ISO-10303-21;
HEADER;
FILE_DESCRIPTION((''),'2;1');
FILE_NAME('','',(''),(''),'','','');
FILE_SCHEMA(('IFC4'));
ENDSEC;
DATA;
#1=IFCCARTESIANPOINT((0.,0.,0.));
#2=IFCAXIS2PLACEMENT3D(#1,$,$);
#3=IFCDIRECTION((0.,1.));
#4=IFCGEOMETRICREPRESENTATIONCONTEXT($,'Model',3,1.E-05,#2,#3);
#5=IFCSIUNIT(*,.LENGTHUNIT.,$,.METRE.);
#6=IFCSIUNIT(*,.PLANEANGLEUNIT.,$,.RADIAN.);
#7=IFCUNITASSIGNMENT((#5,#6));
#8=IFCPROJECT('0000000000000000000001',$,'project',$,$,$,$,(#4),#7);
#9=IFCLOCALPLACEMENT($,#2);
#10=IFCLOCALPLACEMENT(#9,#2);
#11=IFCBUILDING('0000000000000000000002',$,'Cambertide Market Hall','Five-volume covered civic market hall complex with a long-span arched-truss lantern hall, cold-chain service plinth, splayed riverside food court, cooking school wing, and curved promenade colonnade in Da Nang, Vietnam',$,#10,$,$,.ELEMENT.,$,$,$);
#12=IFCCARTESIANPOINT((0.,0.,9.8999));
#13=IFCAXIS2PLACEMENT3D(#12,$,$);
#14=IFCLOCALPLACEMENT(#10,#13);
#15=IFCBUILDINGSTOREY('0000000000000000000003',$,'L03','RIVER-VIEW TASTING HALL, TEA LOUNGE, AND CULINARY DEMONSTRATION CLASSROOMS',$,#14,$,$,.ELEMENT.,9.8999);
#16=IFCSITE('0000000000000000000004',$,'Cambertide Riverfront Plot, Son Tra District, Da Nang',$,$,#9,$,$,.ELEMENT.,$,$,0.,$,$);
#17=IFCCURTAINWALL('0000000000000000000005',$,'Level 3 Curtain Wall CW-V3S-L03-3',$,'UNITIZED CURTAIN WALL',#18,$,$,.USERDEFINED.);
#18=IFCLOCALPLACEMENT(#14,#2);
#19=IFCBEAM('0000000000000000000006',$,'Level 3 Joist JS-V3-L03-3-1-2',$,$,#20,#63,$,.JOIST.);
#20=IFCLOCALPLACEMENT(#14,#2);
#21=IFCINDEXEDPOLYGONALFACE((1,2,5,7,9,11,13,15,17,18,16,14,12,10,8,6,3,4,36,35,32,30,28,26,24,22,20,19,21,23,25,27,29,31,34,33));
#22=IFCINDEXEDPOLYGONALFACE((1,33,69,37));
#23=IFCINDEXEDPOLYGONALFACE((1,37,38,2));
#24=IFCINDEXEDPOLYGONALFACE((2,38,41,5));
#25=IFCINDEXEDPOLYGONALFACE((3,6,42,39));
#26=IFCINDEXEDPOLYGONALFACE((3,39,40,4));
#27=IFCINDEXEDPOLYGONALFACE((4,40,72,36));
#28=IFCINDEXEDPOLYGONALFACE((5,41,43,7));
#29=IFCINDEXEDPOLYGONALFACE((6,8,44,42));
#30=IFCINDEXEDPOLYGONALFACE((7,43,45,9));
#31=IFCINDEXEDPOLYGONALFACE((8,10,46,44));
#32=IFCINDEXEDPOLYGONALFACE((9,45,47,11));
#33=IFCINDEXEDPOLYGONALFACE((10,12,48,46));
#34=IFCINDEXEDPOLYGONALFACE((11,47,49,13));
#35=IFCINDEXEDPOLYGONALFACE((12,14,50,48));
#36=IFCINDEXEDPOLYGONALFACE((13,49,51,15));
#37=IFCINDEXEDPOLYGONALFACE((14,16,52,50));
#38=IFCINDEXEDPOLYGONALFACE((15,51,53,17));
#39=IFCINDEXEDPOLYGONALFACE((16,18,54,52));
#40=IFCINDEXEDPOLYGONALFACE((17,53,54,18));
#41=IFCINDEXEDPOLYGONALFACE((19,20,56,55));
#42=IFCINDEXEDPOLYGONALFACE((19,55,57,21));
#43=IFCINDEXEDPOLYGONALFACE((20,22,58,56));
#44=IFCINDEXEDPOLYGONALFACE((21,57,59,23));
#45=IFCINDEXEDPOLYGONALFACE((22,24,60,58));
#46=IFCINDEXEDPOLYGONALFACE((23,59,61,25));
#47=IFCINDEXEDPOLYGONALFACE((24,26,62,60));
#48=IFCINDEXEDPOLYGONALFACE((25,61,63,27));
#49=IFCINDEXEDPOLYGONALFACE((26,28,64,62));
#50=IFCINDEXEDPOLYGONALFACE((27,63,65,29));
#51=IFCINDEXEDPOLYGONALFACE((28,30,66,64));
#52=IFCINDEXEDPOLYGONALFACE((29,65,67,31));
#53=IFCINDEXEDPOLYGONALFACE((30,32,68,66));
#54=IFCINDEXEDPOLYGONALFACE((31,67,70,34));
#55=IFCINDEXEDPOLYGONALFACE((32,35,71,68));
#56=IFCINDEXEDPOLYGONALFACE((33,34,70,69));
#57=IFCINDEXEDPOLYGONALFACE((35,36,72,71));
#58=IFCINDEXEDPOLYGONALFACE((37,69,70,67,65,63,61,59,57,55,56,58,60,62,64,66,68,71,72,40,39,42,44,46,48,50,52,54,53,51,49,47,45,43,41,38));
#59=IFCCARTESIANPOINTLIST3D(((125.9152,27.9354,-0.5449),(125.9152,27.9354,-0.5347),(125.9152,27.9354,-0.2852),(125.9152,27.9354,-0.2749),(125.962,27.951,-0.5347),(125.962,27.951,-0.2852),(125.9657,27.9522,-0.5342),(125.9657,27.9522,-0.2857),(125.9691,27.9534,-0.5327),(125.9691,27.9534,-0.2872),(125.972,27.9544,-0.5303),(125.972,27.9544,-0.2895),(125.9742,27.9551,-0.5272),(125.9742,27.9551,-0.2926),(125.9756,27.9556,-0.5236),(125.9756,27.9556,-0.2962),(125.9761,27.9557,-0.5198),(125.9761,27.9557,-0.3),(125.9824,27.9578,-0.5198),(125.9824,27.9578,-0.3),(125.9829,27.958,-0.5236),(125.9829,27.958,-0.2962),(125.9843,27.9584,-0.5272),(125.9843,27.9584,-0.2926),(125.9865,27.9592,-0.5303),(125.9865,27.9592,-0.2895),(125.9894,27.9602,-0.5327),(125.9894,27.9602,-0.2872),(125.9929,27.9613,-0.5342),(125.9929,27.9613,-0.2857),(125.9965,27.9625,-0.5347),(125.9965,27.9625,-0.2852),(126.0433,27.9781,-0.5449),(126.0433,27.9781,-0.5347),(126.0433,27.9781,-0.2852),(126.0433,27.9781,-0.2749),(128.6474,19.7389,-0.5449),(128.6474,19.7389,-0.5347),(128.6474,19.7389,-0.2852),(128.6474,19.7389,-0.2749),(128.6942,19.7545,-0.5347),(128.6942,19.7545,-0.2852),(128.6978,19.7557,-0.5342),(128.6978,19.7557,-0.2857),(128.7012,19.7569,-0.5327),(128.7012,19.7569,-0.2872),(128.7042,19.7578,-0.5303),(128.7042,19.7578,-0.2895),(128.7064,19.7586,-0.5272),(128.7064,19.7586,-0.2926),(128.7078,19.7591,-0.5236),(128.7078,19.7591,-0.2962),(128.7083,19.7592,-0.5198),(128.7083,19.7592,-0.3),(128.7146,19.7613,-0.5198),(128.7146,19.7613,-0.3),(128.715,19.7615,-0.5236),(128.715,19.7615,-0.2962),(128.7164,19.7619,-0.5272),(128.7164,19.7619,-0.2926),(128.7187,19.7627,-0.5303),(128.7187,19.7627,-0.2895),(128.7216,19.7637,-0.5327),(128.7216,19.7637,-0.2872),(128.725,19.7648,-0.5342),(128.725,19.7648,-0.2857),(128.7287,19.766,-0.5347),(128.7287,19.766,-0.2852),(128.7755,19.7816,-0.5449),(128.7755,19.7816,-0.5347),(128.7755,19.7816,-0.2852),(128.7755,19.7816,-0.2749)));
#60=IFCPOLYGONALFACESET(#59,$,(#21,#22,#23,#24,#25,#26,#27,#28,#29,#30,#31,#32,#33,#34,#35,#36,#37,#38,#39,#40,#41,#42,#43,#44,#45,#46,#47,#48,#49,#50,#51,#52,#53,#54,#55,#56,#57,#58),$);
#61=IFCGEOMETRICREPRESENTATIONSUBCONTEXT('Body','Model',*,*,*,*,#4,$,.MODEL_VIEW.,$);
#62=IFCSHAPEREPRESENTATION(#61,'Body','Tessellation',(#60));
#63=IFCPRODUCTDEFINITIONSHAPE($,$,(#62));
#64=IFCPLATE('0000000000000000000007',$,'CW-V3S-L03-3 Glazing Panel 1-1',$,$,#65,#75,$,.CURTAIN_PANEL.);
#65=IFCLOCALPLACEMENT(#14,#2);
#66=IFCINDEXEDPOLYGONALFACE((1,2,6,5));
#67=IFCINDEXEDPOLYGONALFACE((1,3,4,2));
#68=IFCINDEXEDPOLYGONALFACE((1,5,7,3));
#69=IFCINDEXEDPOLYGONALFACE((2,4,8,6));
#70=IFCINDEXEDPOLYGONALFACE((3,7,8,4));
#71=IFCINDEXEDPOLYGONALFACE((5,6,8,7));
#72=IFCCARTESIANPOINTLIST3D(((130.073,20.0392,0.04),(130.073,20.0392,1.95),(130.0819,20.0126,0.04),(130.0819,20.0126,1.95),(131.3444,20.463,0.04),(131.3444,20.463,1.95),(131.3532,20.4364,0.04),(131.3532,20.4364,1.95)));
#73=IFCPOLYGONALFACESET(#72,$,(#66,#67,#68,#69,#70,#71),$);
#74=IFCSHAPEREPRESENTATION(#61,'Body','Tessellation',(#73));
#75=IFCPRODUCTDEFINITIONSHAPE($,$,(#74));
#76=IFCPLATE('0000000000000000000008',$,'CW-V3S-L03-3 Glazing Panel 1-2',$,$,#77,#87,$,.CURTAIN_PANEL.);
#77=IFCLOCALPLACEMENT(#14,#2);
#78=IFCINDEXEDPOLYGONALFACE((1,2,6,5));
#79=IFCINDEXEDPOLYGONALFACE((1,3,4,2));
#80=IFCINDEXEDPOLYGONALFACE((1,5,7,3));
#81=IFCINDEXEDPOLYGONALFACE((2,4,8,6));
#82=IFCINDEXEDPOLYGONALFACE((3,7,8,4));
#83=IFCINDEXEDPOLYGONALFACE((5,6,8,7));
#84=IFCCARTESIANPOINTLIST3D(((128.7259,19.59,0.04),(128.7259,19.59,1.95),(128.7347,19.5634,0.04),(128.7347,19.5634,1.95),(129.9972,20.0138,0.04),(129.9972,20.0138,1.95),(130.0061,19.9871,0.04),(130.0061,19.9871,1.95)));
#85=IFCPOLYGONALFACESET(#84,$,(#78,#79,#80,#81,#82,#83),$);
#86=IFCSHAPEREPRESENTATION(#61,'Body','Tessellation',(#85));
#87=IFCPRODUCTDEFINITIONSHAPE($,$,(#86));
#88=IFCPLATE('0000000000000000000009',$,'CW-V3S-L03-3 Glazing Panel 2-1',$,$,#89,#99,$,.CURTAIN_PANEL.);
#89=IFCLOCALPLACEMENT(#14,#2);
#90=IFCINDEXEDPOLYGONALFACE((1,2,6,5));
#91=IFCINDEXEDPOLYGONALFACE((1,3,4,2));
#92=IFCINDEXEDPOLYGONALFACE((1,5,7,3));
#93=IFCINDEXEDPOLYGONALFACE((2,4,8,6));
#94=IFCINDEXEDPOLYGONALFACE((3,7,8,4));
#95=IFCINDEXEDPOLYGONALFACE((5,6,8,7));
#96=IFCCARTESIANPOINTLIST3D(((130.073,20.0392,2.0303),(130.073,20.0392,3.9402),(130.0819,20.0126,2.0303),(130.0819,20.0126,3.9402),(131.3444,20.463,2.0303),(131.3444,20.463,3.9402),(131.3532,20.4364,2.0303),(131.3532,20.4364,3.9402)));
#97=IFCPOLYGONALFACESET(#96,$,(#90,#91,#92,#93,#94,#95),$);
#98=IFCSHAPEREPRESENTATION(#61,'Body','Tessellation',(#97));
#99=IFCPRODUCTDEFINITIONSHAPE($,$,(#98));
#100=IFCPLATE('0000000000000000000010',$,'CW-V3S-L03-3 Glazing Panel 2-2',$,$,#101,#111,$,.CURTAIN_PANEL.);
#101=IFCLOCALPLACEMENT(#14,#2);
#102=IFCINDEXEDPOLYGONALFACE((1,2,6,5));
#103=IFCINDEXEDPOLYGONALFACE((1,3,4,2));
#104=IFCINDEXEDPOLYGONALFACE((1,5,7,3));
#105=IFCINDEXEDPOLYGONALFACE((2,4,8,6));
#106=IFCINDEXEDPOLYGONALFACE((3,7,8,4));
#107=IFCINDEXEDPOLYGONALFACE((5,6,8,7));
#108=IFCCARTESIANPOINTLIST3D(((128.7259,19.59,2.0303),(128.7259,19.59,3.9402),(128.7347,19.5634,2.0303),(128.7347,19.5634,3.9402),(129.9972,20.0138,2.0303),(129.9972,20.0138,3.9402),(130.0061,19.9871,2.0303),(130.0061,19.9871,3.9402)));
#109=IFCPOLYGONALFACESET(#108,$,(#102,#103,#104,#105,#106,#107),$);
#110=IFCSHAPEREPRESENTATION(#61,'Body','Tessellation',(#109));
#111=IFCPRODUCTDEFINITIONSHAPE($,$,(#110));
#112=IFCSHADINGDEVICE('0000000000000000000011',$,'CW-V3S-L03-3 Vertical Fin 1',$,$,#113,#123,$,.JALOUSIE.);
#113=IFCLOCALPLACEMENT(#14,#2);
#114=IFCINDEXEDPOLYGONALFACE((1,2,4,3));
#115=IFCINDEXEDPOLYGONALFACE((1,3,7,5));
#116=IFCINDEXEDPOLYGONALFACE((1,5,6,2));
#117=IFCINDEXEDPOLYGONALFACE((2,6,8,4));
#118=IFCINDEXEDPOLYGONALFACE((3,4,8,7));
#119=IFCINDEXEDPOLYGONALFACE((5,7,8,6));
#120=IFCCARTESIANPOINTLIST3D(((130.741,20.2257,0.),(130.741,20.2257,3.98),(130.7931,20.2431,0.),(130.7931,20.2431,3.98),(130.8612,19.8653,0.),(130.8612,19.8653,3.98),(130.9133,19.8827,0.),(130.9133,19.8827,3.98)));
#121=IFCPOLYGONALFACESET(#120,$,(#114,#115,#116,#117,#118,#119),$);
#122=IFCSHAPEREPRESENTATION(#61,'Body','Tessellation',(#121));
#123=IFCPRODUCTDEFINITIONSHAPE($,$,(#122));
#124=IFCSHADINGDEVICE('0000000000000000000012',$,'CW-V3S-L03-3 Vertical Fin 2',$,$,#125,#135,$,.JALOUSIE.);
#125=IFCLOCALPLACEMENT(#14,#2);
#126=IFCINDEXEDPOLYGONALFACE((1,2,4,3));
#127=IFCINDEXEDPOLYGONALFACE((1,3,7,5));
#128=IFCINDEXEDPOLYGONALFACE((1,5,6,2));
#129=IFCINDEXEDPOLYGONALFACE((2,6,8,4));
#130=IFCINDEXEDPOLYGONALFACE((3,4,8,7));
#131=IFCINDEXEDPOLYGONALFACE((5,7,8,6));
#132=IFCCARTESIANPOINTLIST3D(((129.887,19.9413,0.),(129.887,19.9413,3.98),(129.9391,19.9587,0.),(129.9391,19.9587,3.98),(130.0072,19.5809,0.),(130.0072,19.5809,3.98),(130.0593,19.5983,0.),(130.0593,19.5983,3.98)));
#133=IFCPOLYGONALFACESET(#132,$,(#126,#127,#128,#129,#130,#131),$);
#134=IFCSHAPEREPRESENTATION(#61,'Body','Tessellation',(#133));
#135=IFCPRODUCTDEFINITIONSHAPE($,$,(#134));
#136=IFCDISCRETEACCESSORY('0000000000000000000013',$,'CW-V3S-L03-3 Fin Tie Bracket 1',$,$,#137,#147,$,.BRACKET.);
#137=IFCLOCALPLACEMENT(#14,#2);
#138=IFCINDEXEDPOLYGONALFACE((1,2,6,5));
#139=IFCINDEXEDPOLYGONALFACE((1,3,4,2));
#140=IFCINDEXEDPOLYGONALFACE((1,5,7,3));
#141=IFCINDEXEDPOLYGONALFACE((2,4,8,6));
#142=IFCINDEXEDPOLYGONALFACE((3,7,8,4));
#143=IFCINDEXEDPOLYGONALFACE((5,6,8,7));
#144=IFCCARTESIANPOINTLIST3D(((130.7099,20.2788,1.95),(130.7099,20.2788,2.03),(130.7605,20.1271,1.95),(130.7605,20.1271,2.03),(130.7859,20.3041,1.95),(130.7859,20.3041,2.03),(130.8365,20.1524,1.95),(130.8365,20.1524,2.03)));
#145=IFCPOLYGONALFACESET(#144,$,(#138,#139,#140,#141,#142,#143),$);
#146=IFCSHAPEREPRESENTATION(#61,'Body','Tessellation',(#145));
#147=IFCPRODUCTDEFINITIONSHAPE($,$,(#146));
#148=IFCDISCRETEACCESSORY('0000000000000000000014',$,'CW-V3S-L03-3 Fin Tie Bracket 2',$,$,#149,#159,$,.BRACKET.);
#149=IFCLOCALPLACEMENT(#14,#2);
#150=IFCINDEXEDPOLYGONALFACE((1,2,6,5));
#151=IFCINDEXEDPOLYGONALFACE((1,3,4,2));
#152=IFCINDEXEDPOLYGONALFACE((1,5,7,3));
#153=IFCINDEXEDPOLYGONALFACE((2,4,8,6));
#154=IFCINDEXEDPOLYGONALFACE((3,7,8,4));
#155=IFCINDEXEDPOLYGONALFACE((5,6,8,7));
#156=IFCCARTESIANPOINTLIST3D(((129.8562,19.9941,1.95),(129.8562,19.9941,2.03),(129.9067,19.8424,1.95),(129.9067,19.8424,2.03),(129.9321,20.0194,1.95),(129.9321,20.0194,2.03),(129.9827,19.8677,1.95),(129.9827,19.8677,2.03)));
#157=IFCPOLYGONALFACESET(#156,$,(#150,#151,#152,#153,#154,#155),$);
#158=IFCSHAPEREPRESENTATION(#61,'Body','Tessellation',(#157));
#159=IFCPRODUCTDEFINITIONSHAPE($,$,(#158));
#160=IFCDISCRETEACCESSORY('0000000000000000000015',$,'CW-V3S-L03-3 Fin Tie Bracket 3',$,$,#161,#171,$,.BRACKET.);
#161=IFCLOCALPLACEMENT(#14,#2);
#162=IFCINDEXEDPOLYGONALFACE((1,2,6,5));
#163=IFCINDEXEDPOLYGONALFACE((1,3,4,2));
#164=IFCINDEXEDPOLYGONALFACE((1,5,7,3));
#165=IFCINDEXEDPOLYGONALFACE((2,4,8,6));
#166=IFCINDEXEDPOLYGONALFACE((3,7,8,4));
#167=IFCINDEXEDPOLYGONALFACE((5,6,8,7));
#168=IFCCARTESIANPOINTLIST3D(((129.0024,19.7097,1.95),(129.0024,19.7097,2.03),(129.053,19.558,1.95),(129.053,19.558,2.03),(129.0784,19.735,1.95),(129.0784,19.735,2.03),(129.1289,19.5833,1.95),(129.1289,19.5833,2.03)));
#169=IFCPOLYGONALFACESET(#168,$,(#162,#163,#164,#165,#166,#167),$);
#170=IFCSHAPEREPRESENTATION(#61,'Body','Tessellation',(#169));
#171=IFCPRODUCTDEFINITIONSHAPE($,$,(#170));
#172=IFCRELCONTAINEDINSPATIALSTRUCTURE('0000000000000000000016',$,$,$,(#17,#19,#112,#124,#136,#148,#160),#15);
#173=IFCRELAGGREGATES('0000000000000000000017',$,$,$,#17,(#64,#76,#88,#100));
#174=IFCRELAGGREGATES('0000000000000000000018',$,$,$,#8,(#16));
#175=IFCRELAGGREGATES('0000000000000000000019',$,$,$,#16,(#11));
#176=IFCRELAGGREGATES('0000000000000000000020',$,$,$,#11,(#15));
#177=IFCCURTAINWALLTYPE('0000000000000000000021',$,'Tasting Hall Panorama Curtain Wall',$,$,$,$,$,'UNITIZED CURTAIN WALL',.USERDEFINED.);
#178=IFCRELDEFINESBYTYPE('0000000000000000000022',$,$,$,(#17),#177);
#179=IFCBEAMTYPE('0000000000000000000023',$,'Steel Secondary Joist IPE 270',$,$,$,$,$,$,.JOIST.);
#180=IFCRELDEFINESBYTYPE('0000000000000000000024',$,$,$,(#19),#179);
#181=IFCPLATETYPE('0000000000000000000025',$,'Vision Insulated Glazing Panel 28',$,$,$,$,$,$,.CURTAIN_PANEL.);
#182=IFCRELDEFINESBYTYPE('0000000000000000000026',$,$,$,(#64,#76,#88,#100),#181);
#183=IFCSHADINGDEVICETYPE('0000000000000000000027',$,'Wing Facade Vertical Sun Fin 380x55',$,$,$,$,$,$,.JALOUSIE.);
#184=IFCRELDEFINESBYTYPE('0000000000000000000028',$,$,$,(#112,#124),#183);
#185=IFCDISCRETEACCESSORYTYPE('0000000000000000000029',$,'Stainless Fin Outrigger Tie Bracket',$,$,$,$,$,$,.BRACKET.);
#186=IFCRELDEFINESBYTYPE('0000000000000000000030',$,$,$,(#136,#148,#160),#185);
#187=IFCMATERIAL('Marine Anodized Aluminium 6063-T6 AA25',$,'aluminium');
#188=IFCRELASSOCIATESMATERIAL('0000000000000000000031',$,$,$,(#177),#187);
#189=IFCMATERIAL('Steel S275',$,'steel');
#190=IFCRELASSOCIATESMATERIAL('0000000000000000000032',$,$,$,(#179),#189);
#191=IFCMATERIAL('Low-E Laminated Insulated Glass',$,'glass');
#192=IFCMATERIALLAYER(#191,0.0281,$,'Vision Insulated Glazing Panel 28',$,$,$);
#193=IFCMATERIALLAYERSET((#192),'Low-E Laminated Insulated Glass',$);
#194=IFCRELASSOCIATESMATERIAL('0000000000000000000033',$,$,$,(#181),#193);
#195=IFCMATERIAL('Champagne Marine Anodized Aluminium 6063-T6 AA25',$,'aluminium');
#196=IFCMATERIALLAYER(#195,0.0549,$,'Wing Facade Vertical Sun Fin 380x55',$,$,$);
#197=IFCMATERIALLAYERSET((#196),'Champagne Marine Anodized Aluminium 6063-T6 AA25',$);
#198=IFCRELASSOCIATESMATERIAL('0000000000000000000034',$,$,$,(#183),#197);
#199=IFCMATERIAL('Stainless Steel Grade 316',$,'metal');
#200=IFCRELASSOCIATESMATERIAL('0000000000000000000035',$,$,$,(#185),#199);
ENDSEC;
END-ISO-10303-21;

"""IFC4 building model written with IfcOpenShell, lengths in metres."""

from ifc_helpers import new_model, si_unit, direction, frame, origin, origin_2d, place, context, subcontext, project, spatial, rectangle, i_section, extrude, material, layer, layer_set, material_profile, profile_set, type_object, element, aggregate, save


model = new_model("IFC4")

# Units and contexts
model_context = context("Model", 3, precision=1e-05, world=origin(), true_north=direction((0.0, 1.0)))
body_context = subcontext(model_context, "Body", "Model", "MODEL_VIEW")
ifc_project = project(units=[si_unit("LENGTHUNIT", "METRE"), si_unit("PLANEANGLEUNIT", "RADIAN")], contexts=[model_context])

# Site, building, storey
site_placement = place(None, origin())
site = spatial("IfcSite", under=ifc_project, at=site_placement, Name="Cambertide Riverfront Plot, Son Tra District, Da Nang", CompositionType="ELEMENT", RefElevation=0.0)
building_placement = place(site_placement, origin())
building = spatial("IfcBuilding", under=site, at=building_placement, Name="Cambertide Market Hall", Description="Five-volume covered civic market hall complex with a long-span arched-truss lantern hall, cold-chain service plinth, splayed riverside food court, cooking school wing, and curved promenade colonnade in Da Nang, Vietnam", CompositionType="ELEMENT")
storey_placement = place(building_placement, frame((0.0, 0.0, 9.8999)))
storey = spatial("IfcBuildingStorey", under=building, at=storey_placement, Name="L03", Description="RIVER-VIEW TASTING HALL, TEA LOUNGE, AND CULINARY DEMONSTRATION CLASSROOMS", CompositionType="ELEMENT", Elevation=9.8999)

# Curtain wall
ifc_material_1 = material(Name="Marine Anodized Aluminium 6063-T6 AA25", Category="aluminium")
curtain_wall_type = type_object("IfcCurtainWallType", Name="Tasting Hall Panorama Curtain Wall", ElementType="UNITIZED CURTAIN WALL", PredefinedType="USERDEFINED", material=ifc_material_1)
curtain_wall_placement = place(storey_placement, origin())
curtain_wall = element("IfcCurtainWall", 1, at=curtain_wall_placement, inside=storey, type_object=curtain_wall_type, Name="Level 3 Curtain Wall CW-V3S-L03-3", ObjectType="UNITIZED CURTAIN WALL", PredefinedType="USERDEFINED")

# Beam
ifc_material_2 = material(Name="Steel S275", Category="steel")
ifc_material_profile_1 = material_profile(ifc_material_2, i_section(OverallWidth=0.135, OverallDepth=0.27, WebThickness=0.0066, FlangeThickness=0.0103, FilletRadius=0.0149, at=origin_2d()), Name="IPE 270")
ifc_profile_set_1 = profile_set([ifc_material_profile_1], Name="Steel S275")
beam_type = type_object("IfcBeamType", Name="Steel Secondary Joist IPE 270", PredefinedType="JOIST", material=ifc_profile_set_1)
beam_placement = place(storey_placement, frame((128.7114, 19.7603, -0.4099), z_axis=(-0.316228, 0.948683, 0.0), x_axis=(-0.948683, -0.316228, 0.0)))
element("IfcBeam", 2, at=beam_placement, inside=storey, type_object=beam_type, Name="Level 3 Joist JS-V3-L03-3-1-2", PredefinedType="JOIST", context=body_context, shape_type="SweptSolid", body=[
    extrude(i_section(OverallWidth=0.135, OverallDepth=0.27, WebThickness=0.0066, FlangeThickness=0.0103, FilletRadius=0.0149, at=origin_2d()), origin(), (0.0, 0.0, 1.0), 8.6399),
])

# Plates
ifc_material_3 = material(Name="Low-E Laminated Insulated Glass", Category="glass")
ifc_layer_1 = layer(ifc_material_3, 0.0281, Name="Vision Insulated Glazing Panel 28")
ifc_layer_set_1 = layer_set([ifc_layer_1], Name="Low-E Laminated Insulated Glass")
plate_type = type_object("IfcPlateType", Name="Vision Insulated Glazing Panel 28", PredefinedType="CURTAIN_PANEL", material=ifc_layer_set_1)
plate_1_placement = place(storey_placement, frame((130.7131, 20.2378, 0.04), z_axis=(0.0, 0.0, 1.0), x_axis=(-0.948683, -0.316228, 0.0)))
plate_1 = element("IfcPlate", 3, at=plate_1_placement, type_object=plate_type, Name="CW-V3S-L03-3 Glazing Panel 1-1", PredefinedType="CURTAIN_PANEL", context=body_context, shape_type="SweptSolid", body=[
    extrude(rectangle(XDim=1.3401, YDim=0.0281, at=origin_2d()), origin(), (0.0, 0.0, 1.0), 1.9099),
])
plate_2_placement = place(storey_placement, frame((129.366, 19.7886, 0.04), z_axis=(0.0, 0.0, 1.0), x_axis=(-0.948683, -0.316228, 0.0)))
plate_2 = element("IfcPlate", 4, at=plate_2_placement, type_object=plate_type, Name="CW-V3S-L03-3 Glazing Panel 1-2", PredefinedType="CURTAIN_PANEL", context=body_context, shape_type="SweptSolid", body=[
    extrude(rectangle(XDim=1.3401, YDim=0.0281, at=origin_2d()), origin(), (0.0, 0.0, 1.0), 1.9099),
])
plate_3_placement = place(storey_placement, frame((130.7131, 20.2378, 2.0303), z_axis=(0.0, 0.0, 1.0), x_axis=(-0.948683, -0.316228, 0.0)))
plate_3 = element("IfcPlate", 5, at=plate_3_placement, type_object=plate_type, Name="CW-V3S-L03-3 Glazing Panel 2-1", PredefinedType="CURTAIN_PANEL", context=body_context, shape_type="SweptSolid", body=[
    extrude(rectangle(XDim=1.3401, YDim=0.0281, at=origin_2d()), origin(), (0.0, 0.0, 1.0), 1.9099),
])
plate_4_placement = place(storey_placement, frame((129.366, 19.7886, 2.0303), z_axis=(0.0, 0.0, 1.0), x_axis=(-0.948683, -0.316228, 0.0)))
plate_4 = element("IfcPlate", 6, at=plate_4_placement, type_object=plate_type, Name="CW-V3S-L03-3 Glazing Panel 2-2", PredefinedType="CURTAIN_PANEL", context=body_context, shape_type="SweptSolid", body=[
    extrude(rectangle(XDim=1.3401, YDim=0.0281, at=origin_2d()), origin(), (0.0, 0.0, 1.0), 1.9099),
])
aggregate(curtain_wall, [plate_1, plate_2, plate_3, plate_4])

# Shading devices
ifc_material_4 = material(Name="Champagne Marine Anodized Aluminium 6063-T6 AA25", Category="aluminium")
ifc_layer_2 = layer(ifc_material_4, 0.0549, Name="Wing Facade Vertical Sun Fin 380x55")
ifc_layer_set_2 = layer_set([ifc_layer_2], Name="Champagne Marine Anodized Aluminium 6063-T6 AA25")
shading_device_type = type_object("IfcShadingDeviceType", Name="Wing Facade Vertical Sun Fin 380x55", PredefinedType="JALOUSIE", material=ifc_layer_set_2)
for number, where, z_axis, x_axis, name in (
    (7, (130.8271, 20.0542, 0.0), (0.0, 0.0, 1.0), (-0.948683, -0.316228, 0.0), "CW-V3S-L03-3 Vertical Fin 1"),
    (8, (129.9731, 19.7698, 0.0), (0.0, 0.0, 1.0), (-0.948683, -0.316228, 0.0), "CW-V3S-L03-3 Vertical Fin 2"),
):
    element("IfcShadingDevice", number, at=place(storey_placement, frame(where, z_axis=z_axis, x_axis=x_axis)), inside=storey, type_object=shading_device_type, Name=name, PredefinedType="JALOUSIE", context=body_context, shape_type="SweptSolid", body=[
        extrude(rectangle(XDim=0.0549, YDim=0.3799, at=origin_2d()), origin(), (0.0, 0.0, 1.0), 3.98),
    ])

# Discrete accessories
ifc_material_5 = material(Name="Stainless Steel Grade 316", Category="metal")
discrete_accessory_type = type_object("IfcDiscreteAccessoryType", Name="Stainless Fin Outrigger Tie Bracket", PredefinedType="BRACKET", material=ifc_material_5)
for number, where, z_axis, x_axis, name in (
    (9, (130.7732, 20.2156, 1.95), (0.0, 0.0, 1.0), (-0.948683, -0.316228, 0.0), "CW-V3S-L03-3 Fin Tie Bracket 1"),
    (10, (129.9194, 19.9309, 1.95), (0.0, 0.0, 1.0), (-0.948683, -0.316228, 0.0), "CW-V3S-L03-3 Fin Tie Bracket 2"),
    (11, (129.0657, 19.6465, 1.95), (0.0, 0.0, 1.0), (-0.948683, -0.316228, 0.0), "CW-V3S-L03-3 Fin Tie Bracket 3"),
):
    element("IfcDiscreteAccessory", number, at=place(storey_placement, frame(where, z_axis=z_axis, x_axis=x_axis)), inside=storey, type_object=discrete_accessory_type, Name=name, PredefinedType="BRACKET", context=body_context, shape_type="SweptSolid", body=[
        extrude(rectangle(XDim=0.0801, YDim=0.1599, at=origin_2d()), origin(), (0.0, 0.0, 1.0), 0.0801),
    ])

save(model, "model.ifc")
